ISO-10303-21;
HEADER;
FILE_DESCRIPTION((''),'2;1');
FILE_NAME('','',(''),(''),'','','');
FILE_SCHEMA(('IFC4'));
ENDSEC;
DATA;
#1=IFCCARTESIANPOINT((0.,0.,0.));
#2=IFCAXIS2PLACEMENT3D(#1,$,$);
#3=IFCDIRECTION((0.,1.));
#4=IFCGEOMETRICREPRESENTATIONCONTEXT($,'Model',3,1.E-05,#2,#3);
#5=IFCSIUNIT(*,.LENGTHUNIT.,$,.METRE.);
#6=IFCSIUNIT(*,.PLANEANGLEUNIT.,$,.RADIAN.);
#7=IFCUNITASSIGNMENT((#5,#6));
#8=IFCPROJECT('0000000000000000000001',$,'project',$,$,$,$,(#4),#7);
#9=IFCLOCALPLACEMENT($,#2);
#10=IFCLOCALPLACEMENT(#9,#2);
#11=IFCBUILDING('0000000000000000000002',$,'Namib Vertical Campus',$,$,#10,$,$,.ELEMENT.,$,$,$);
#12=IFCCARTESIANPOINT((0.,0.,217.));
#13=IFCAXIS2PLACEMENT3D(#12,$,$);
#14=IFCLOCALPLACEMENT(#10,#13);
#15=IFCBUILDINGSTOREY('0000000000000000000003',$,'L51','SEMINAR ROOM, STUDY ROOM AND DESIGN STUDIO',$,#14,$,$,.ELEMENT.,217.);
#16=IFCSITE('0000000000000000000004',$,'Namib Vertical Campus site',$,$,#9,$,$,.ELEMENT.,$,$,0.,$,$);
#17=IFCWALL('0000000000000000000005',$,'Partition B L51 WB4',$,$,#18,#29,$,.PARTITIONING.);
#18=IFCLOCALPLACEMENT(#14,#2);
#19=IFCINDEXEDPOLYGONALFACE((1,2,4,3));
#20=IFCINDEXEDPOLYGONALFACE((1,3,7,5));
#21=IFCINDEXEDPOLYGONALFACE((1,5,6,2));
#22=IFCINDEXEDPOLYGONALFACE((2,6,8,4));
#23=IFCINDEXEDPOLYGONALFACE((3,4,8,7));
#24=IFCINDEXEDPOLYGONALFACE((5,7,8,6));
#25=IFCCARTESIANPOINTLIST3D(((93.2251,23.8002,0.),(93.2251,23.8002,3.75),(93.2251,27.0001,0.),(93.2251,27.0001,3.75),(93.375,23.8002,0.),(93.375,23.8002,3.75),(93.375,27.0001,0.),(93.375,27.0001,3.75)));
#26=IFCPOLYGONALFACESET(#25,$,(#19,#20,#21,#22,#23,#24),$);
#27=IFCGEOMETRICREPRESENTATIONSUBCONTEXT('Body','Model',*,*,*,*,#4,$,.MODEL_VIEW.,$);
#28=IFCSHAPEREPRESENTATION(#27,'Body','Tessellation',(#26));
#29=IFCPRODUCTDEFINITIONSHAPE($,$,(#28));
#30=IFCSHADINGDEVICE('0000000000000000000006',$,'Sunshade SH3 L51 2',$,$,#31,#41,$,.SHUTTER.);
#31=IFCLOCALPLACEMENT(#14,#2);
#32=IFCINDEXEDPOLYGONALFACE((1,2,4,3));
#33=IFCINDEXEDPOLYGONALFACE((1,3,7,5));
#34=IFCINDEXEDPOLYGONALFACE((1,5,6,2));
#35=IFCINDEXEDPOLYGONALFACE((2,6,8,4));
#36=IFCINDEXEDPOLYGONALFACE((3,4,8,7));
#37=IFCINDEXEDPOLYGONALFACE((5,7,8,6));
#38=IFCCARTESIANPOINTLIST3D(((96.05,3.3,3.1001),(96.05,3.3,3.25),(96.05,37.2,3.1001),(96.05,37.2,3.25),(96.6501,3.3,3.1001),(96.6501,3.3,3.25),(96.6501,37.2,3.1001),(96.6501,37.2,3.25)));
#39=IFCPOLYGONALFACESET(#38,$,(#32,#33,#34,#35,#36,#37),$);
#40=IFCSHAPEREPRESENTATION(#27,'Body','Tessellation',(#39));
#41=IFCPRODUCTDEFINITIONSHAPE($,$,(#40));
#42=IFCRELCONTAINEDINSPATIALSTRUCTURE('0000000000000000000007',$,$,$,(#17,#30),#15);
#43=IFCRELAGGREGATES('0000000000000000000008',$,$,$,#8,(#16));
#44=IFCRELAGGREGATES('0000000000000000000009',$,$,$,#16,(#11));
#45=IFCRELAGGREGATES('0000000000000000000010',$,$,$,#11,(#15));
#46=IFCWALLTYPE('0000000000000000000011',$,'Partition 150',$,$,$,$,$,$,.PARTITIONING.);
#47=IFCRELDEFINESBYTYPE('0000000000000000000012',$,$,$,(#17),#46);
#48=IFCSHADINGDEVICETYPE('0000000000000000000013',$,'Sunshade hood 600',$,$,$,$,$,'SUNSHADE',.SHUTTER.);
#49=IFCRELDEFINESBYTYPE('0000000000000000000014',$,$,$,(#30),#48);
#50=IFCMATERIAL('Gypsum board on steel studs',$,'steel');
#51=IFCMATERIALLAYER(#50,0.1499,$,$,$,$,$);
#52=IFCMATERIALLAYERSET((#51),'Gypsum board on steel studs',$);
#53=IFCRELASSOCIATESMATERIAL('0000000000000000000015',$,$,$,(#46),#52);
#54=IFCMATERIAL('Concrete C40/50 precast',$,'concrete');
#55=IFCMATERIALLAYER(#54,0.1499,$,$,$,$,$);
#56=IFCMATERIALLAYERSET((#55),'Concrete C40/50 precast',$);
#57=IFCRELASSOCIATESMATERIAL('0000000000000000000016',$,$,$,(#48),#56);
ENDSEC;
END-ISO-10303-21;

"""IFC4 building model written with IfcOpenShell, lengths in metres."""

from ifc_helpers import new_model, si_unit, direction, frame, frame_2d, origin, origin_2d, place, context, subcontext, project, spatial, rectangle, extrude, material, layer, layer_set, type_object, element, save


model = new_model("IFC4")

# Units and contexts
model_context = context("Model", 3, precision=1e-05, world=origin(), true_north=direction((0.0, 1.0)))
body_context = subcontext(model_context, "Body", "Model", "MODEL_VIEW")
ifc_project = project(units=[si_unit("LENGTHUNIT", "METRE"), si_unit("PLANEANGLEUNIT", "RADIAN")], contexts=[model_context])

# Site, building, storey
site_placement = place(None, origin())
site = spatial("IfcSite", under=ifc_project, at=site_placement, Name="Namib Vertical Campus site", CompositionType="ELEMENT", RefElevation=0.0)
building_placement = place(site_placement, origin())
building = spatial("IfcBuilding", under=site, at=building_placement, Name="Namib Vertical Campus", CompositionType="ELEMENT")
storey_placement = place(building_placement, frame((0.0, 0.0, 217.0)))
storey = spatial("IfcBuildingStorey", under=building, at=storey_placement, Name="L51", Description="SEMINAR ROOM, STUDY ROOM AND DESIGN STUDIO", CompositionType="ELEMENT", Elevation=217.0)

# Wall
ifc_material_1 = material(Name="Gypsum board on steel studs", Category="steel")
ifc_layer_1 = layer(ifc_material_1, 0.1499)
ifc_layer_set_1 = layer_set([ifc_layer_1], Name="Gypsum board on steel studs")
wall_type_1 = type_object("IfcWallType", Name="Partition 150", PredefinedType="PARTITIONING", material=ifc_layer_set_1)
wall_1_placement = place(storey_placement, frame((93.3, 23.8, 0.0), z_axis=(0.0, 0.0, 1.0), x_axis=(0.0, 1.0, 0.0)))
element("IfcWall", 1, at=wall_1_placement, inside=storey, type_object=wall_type_1, Name="Partition B L51 WB4", PredefinedType="PARTITIONING", context=body_context, shape_type="SweptSolid", body=[
    extrude(rectangle(XDim=3.2, YDim=0.1499, at=frame_2d((1.6001, 0.0))), origin(), (0.0, 0.0, 1.0), 3.75),
])

# Shading device
ifc_material_2 = material(Name="Concrete C40/50 precast", Category="concrete")
ifc_layer_2 = layer(ifc_material_2, 0.1499)
ifc_layer_set_2 = layer_set([ifc_layer_2], Name="Concrete C40/50 precast")
shading_device_type = type_object("IfcShadingDeviceType", Name="Sunshade hood 600", ElementType="SUNSHADE", PredefinedType="SHUTTER", material=ifc_layer_set_2)
shading_device_placement = place(storey_placement, frame((96.3501, 20.25, 3.1001), z_axis=(0.0, 0.0, 1.0), x_axis=(0.0, 1.0, 0.0)))
element("IfcShadingDevice", 2, at=shading_device_placement, inside=storey, type_object=shading_device_type, Name="Sunshade SH3 L51 2", PredefinedType="SHUTTER", context=body_context, shape_type="SweptSolid", body=[
    extrude(rectangle(XDim=33.8999, YDim=0.6001, at=origin_2d()), origin(), (0.0, 0.0, 1.0), 0.1499),
])

save(model, "model.ifc")
